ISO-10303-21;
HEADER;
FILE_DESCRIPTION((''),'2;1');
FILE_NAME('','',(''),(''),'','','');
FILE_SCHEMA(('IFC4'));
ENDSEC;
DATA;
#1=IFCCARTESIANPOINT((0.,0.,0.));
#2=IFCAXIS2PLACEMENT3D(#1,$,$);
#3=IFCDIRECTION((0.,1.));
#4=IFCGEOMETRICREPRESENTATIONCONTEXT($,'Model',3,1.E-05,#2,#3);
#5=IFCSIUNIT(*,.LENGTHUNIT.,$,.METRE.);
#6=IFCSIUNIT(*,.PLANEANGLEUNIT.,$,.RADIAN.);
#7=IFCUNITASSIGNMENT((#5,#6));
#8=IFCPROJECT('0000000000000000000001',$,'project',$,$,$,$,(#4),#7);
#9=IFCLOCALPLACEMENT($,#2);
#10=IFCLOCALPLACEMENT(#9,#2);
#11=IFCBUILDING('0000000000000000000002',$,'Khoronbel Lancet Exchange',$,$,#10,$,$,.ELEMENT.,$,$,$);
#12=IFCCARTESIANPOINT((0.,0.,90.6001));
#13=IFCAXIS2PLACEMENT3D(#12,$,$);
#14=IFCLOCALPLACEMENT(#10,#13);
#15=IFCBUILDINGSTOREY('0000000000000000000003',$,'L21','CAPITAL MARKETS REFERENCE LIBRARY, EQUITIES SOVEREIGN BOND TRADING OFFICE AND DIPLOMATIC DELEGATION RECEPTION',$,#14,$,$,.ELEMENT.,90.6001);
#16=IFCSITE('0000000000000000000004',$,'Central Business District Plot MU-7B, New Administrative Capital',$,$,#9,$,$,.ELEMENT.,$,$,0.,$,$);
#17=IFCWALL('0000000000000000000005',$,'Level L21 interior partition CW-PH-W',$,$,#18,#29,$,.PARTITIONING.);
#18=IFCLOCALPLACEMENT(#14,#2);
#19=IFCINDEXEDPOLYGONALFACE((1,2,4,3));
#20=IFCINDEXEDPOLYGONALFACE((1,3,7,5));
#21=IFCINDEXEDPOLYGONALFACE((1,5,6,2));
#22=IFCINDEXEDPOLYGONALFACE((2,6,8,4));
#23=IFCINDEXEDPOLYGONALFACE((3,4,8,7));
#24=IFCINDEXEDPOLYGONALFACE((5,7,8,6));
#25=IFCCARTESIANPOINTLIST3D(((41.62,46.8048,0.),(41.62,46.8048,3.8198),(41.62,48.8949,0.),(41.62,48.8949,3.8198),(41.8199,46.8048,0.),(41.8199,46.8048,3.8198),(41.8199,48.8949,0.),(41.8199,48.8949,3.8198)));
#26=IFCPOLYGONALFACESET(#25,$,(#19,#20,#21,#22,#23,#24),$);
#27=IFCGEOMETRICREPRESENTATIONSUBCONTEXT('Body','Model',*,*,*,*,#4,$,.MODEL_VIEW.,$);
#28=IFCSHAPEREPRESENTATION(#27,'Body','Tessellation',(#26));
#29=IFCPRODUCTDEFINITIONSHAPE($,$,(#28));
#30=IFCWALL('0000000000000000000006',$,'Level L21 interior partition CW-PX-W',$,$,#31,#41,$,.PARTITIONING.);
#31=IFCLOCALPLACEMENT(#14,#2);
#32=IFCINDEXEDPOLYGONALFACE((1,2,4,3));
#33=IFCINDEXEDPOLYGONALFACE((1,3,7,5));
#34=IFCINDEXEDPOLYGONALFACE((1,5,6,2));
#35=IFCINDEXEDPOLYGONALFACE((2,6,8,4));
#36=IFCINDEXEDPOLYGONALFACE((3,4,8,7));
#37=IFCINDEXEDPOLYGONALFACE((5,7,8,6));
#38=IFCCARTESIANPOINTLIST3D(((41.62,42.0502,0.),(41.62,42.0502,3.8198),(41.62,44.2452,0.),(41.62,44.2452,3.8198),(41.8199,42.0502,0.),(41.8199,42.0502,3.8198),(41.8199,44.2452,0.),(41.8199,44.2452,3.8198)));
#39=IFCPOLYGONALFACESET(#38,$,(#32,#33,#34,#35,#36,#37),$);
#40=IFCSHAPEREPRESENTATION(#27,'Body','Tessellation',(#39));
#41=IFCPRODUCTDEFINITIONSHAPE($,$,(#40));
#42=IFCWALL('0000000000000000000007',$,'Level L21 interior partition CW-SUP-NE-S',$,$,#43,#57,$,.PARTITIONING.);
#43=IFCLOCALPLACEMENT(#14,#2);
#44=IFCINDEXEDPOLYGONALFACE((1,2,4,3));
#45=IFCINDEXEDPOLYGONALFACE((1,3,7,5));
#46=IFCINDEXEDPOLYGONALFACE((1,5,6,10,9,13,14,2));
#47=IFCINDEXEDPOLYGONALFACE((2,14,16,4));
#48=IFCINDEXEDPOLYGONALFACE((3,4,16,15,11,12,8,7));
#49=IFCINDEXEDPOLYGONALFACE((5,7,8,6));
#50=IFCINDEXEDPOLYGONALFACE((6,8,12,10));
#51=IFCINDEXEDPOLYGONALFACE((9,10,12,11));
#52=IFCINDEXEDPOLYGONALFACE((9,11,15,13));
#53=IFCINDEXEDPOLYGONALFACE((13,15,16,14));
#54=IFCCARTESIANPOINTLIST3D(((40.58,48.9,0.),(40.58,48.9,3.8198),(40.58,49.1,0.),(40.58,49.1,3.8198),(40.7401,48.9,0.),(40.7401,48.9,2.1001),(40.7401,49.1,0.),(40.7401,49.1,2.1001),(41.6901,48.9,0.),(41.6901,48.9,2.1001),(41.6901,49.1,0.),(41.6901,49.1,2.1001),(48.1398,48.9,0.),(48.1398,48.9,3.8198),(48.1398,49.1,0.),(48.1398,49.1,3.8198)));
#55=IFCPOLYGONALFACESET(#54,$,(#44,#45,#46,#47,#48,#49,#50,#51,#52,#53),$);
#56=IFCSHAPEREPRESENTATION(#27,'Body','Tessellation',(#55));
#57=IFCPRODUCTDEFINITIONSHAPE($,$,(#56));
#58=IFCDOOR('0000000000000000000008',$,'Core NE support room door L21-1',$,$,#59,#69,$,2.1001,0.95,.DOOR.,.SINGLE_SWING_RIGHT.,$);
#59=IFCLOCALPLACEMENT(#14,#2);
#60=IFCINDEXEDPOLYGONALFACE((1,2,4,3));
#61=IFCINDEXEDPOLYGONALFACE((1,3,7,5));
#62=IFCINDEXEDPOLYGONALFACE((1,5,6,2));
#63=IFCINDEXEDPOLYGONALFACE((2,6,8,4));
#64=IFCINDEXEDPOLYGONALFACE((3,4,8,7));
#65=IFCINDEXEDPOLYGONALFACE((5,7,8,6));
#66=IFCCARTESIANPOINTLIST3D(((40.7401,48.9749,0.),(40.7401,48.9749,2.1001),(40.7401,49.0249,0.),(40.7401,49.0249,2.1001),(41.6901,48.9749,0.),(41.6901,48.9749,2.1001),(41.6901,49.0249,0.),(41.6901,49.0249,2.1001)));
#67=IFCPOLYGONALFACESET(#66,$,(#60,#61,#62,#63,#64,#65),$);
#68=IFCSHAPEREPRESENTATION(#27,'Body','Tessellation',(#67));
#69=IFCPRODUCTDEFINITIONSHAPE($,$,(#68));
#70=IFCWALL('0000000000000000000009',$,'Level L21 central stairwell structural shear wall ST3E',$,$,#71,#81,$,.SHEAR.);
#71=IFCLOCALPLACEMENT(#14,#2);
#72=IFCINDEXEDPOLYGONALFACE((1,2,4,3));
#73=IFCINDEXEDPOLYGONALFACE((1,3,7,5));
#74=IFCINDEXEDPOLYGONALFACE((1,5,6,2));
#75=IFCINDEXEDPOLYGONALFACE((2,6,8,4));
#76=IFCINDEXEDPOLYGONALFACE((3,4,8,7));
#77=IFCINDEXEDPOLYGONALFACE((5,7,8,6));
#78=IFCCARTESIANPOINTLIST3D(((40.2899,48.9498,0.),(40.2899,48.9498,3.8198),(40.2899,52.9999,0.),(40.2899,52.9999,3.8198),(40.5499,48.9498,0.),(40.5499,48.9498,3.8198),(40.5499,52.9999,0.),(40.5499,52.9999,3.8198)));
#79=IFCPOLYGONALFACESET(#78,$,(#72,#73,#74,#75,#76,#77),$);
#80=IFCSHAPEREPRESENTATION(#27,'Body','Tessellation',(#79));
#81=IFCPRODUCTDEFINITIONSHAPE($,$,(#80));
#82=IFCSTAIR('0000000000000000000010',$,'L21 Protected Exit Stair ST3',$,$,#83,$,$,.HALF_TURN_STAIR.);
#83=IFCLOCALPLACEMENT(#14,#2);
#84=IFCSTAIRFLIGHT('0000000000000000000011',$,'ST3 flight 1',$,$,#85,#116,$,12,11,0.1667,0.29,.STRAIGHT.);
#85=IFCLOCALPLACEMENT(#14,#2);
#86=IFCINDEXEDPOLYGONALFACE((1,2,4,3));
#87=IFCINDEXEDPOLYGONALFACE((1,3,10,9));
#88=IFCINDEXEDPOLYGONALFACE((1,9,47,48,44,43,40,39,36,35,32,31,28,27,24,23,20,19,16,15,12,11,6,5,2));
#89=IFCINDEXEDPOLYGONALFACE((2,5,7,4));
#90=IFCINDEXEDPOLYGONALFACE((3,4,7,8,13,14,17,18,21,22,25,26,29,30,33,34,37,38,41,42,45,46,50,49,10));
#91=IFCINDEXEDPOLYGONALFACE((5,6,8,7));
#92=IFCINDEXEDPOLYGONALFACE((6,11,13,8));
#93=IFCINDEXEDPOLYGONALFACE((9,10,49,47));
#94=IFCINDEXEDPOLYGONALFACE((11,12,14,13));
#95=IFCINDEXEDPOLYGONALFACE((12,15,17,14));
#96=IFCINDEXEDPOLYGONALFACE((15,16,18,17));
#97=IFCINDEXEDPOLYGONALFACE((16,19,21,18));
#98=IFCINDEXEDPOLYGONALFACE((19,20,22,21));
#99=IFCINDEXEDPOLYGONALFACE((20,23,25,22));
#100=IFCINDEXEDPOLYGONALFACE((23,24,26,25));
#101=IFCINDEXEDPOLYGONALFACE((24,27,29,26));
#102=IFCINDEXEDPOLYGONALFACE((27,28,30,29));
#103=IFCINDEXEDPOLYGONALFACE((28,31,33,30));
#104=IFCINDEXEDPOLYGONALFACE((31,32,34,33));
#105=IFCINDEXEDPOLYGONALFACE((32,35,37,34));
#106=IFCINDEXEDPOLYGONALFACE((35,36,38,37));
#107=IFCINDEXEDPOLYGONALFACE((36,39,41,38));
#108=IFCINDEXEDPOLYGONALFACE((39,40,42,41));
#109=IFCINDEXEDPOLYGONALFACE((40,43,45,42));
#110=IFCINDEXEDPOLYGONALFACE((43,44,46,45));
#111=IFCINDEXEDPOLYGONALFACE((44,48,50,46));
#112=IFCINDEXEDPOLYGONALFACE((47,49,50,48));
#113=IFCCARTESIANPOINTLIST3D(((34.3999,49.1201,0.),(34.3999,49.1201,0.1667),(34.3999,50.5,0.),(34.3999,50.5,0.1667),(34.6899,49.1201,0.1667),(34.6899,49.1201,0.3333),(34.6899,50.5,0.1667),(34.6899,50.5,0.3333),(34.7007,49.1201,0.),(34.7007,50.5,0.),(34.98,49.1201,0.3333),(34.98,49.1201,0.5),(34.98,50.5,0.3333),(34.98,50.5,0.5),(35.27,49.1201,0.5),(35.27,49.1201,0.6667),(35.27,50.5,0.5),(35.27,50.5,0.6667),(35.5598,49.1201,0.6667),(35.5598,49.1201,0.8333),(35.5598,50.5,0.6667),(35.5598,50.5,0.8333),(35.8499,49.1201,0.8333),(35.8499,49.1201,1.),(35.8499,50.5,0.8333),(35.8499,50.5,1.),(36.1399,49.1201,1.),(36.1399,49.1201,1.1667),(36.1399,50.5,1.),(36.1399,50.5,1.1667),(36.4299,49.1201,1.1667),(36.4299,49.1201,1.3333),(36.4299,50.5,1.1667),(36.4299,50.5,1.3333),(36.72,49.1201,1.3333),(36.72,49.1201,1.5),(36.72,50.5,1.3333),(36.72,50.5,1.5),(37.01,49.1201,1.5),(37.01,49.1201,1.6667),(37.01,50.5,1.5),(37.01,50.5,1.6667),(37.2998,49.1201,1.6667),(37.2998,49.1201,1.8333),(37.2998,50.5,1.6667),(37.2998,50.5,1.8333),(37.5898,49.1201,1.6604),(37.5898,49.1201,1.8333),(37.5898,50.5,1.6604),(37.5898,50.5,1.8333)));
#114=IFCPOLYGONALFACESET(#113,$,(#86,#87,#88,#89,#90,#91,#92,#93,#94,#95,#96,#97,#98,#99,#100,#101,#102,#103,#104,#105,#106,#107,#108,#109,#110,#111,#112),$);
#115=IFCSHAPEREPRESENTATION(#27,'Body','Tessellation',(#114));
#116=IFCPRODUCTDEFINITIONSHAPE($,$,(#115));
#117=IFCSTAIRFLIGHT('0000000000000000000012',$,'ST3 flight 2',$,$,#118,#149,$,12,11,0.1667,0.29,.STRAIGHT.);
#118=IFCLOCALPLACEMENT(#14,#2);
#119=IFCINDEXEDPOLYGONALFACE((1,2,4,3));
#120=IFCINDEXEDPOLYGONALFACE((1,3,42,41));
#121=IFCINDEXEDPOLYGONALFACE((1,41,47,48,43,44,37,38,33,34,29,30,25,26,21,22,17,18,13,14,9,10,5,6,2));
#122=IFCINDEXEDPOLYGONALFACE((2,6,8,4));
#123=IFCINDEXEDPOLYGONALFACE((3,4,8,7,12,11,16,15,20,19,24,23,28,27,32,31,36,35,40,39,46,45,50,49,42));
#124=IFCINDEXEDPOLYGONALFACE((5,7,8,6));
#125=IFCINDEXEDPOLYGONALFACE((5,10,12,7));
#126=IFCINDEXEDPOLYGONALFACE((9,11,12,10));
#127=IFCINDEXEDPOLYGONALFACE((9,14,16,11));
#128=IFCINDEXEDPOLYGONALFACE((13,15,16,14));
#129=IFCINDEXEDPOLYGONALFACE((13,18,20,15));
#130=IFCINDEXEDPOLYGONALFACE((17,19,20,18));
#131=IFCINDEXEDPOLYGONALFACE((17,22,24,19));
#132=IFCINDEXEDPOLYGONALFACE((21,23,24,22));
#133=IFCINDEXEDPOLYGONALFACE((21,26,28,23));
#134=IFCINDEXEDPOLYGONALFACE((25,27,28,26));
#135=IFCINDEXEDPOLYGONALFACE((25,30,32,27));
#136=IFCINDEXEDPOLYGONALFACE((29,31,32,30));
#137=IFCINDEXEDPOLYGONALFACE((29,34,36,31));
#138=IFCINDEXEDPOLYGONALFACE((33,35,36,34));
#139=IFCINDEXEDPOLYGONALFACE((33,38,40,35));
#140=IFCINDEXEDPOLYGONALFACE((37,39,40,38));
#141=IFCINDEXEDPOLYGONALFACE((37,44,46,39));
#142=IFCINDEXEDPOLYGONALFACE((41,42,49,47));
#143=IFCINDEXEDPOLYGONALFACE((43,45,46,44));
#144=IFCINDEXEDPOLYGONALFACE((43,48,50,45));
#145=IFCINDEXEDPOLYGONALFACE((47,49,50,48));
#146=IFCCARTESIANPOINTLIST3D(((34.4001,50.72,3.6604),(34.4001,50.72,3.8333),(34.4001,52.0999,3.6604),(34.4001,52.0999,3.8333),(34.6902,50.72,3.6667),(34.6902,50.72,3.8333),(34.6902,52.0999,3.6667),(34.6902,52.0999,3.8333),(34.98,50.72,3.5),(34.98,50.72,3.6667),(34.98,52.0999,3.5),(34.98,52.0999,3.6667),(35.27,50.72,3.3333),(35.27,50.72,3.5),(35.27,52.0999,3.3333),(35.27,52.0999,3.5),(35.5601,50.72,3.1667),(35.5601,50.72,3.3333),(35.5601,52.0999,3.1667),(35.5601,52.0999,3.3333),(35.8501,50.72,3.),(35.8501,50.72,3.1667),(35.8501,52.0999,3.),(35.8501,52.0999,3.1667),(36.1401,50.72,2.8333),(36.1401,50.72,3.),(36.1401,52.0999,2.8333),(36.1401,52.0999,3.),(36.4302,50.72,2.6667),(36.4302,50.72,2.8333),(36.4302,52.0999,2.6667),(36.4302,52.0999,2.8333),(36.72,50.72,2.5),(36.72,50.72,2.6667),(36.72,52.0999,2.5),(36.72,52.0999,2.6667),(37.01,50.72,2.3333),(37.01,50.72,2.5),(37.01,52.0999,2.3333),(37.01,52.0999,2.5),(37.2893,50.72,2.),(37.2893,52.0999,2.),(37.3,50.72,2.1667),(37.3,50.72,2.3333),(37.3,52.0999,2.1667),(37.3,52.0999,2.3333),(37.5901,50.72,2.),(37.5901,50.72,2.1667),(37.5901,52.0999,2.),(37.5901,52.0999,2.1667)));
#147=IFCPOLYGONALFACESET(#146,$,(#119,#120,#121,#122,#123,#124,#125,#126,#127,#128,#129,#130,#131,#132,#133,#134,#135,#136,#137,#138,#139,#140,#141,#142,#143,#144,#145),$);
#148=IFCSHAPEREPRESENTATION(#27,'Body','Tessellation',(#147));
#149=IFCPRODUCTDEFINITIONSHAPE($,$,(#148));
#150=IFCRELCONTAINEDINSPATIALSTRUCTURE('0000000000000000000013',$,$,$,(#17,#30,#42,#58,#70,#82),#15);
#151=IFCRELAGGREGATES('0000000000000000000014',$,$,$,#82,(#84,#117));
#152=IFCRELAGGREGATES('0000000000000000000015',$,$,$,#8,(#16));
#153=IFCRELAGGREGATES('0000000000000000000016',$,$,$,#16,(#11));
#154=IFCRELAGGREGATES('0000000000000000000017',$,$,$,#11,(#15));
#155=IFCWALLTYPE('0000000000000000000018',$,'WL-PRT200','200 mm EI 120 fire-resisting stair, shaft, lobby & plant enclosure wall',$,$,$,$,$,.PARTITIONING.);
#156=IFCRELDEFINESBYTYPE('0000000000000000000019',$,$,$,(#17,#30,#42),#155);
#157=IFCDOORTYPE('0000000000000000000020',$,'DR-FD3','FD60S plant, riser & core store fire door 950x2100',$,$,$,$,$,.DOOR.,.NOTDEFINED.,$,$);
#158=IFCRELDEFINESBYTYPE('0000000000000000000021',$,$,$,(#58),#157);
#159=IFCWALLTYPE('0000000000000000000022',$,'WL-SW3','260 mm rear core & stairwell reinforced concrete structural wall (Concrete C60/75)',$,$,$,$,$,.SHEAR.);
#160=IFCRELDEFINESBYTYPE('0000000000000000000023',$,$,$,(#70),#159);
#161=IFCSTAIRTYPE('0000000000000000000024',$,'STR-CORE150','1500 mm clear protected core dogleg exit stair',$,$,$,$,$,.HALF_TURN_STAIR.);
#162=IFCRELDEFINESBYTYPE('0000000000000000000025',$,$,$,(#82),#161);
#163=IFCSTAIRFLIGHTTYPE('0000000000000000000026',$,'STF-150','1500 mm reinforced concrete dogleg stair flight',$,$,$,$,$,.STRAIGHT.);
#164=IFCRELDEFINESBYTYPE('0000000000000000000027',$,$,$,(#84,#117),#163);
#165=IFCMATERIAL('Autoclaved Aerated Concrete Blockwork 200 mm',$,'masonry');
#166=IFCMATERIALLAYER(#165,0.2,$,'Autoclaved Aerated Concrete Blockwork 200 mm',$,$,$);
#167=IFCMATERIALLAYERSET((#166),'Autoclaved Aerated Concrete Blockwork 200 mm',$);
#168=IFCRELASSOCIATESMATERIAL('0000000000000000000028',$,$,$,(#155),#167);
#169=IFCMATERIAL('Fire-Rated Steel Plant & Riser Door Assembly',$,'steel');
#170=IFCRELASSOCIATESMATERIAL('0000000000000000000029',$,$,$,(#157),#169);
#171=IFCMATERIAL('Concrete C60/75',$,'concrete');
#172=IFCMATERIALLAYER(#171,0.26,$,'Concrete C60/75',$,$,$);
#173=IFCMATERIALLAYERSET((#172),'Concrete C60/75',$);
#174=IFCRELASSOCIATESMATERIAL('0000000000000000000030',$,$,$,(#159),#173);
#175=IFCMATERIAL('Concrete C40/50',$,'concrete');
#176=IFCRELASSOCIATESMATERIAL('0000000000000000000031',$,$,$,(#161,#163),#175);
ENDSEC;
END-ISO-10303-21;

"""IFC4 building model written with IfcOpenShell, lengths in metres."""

from ifc_helpers import new_model, si_unit, direction, frame, frame_2d, origin, place, context, subcontext, project, spatial, polyline, rectangle, outline, extrude, material, layer, layer_set, type_object, element, fill, aggregate, save


model = new_model("IFC4")

# Units and contexts
model_context = context("Model", 3, precision=1e-05, world=origin(), true_north=direction((0.0, 1.0)))
body_context = subcontext(model_context, "Body", "Model", "MODEL_VIEW")
ifc_project = project(units=[si_unit("LENGTHUNIT", "METRE"), si_unit("PLANEANGLEUNIT", "RADIAN")], contexts=[model_context])

# Site, building, storey
site_placement = place(None, origin())
site = spatial("IfcSite", under=ifc_project, at=site_placement, Name="Central Business District Plot MU-7B, New Administrative Capital", CompositionType="ELEMENT", RefElevation=0.0)
building_placement = place(site_placement, origin())
building = spatial("IfcBuilding", under=site, at=building_placement, Name="Khoronbel Lancet Exchange", CompositionType="ELEMENT")
storey_placement = place(building_placement, frame((0.0, 0.0, 90.6001)))
storey = spatial("IfcBuildingStorey", under=building, at=storey_placement, Name="L21", Description="CAPITAL MARKETS REFERENCE LIBRARY, EQUITIES SOVEREIGN BOND TRADING OFFICE AND DIPLOMATIC DELEGATION RECEPTION", CompositionType="ELEMENT", Elevation=90.6001)

# Walls
ifc_material_1 = material(Name="Autoclaved Aerated Concrete Blockwork 200 mm", Category="masonry")
ifc_layer_1 = layer(ifc_material_1, 0.2, Name="Autoclaved Aerated Concrete Blockwork 200 mm")
ifc_layer_set_1 = layer_set([ifc_layer_1], Name="Autoclaved Aerated Concrete Blockwork 200 mm")
wall_type_1 = type_object("IfcWallType", Name="WL-PRT200", Description="200 mm EI 120 fire-resisting stair, shaft, lobby & plant enclosure wall", PredefinedType="PARTITIONING", material=ifc_layer_set_1)
wall_1_placement = place(storey_placement, frame((41.72, 46.8049, 0.0), z_axis=(0.0, 0.0, 1.0), x_axis=(0.0, 1.0, 0.0)))
element("IfcWall", 1, at=wall_1_placement, inside=storey, type_object=wall_type_1, Name="Level L21 interior partition CW-PH-W", PredefinedType="PARTITIONING", context=body_context, shape_type="SweptSolid", body=[
    extrude(rectangle(XDim=2.0901, YDim=0.2, at=frame_2d((1.0449, 0.0))), origin(), (0.0, 0.0, 1.0), 3.8198),
])
wall_2_placement = place(storey_placement, frame((41.72, 42.05, 0.0), z_axis=(0.0, 0.0, 1.0), x_axis=(0.0, 1.0, 0.0)))
element("IfcWall", 2, at=wall_2_placement, inside=storey, type_object=wall_type_1, Name="Level L21 interior partition CW-PX-W", PredefinedType="PARTITIONING", context=body_context, shape_type="SweptSolid", body=[
    extrude(rectangle(XDim=2.1951, YDim=0.2, at=frame_2d((1.0977, 0.0))), origin(), (0.0, 0.0, 1.0), 3.8198),
])

# Wall, opening, door
wall_3_placement = place(storey_placement, frame((40.5801, 49.0, 0.0), z_axis=(0.0, 0.0, 1.0), x_axis=(1.0, 0.0, 0.0)))
wall_3 = element("IfcWall", 3, at=wall_3_placement, inside=storey, type_object=wall_type_1, Name="Level L21 interior partition CW-SUP-NE-S", PredefinedType="PARTITIONING", context=body_context, shape_type="SweptSolid", body=[
    extrude(rectangle(XDim=7.5598, YDim=0.2, at=frame_2d((3.7798, 0.0))), origin(), (0.0, 0.0, 1.0), 3.8198),
])
opening_1_placement = place(wall_3_placement, frame((0.1599, 0.0, 0.0)))
opening_1 = element("IfcOpeningElement", 4, at=opening_1_placement, cuts=wall_3, PredefinedType="OPENING", context=body_context, shape_type="SweptSolid", body=[
    extrude(rectangle(XDim=0.95, YDim=2.1001, at=frame_2d((0.4751, 1.05))), frame((0.0, 0.1099, 0.0), z_axis=(0.0, -1.0, 0.0), x_axis=(1.0, 0.0, 0.0)), (0.0, 0.0, 1.0), 0.22),
])
ifc_material_2 = material(Name="Fire-Rated Steel Plant & Riser Door Assembly", Category="steel")
door_type_1 = type_object("IfcDoorType", Name="DR-FD3", Description="FD60S plant, riser & core store fire door 950x2100", OperationType="NOTDEFINED", PredefinedType="DOOR", material=ifc_material_2)
door_1_placement = place(opening_1_placement, origin())
door_1 = element("IfcDoor", 5, at=door_1_placement, inside=storey, type_object=door_type_1, Name="Core NE support room door L21-1", OperationType="SINGLE_SWING_RIGHT", OverallHeight=2.1001, OverallWidth=0.95, PredefinedType="DOOR", context=body_context, shape_type="SweptSolid", body=[
    extrude(rectangle(XDim=0.95, YDim=2.1001, at=frame_2d((0.4751, 1.05))), frame((0.0, 0.0249, 0.0), z_axis=(0.0, -1.0, 0.0), x_axis=(1.0, 0.0, 0.0)), (0.0, 0.0, 1.0), 0.05),
])
fill(opening_1, door_1)

# Wall
ifc_material_3 = material(Name="Concrete C60/75", Category="concrete")
ifc_layer_2 = layer(ifc_material_3, 0.26, Name="Concrete C60/75")
ifc_layer_set_2 = layer_set([ifc_layer_2], Name="Concrete C60/75")
wall_type_2 = type_object("IfcWallType", Name="WL-SW3", Description="260 mm rear core & stairwell reinforced concrete structural wall (Concrete C60/75)", PredefinedType="SHEAR", material=ifc_layer_set_2)
wall_4_placement = place(storey_placement, frame((40.4199, 48.95, 0.0), z_axis=(0.0, 0.0, 1.0), x_axis=(0.0, 1.0, 0.0)))
element("IfcWall", 6, at=wall_4_placement, inside=storey, type_object=wall_type_2, Name="Level L21 central stairwell structural shear wall ST3E", PredefinedType="SHEAR", context=body_context, shape_type="SweptSolid", body=[
    extrude(rectangle(XDim=4.05, YDim=0.26, at=frame_2d((2.0249, 0.0))), origin(), (0.0, 0.0, 1.0), 3.8198),
])

# Stair, stair flights
ifc_material_4 = material(Name="Concrete C40/50", Category="concrete")
stair_type = type_object("IfcStairType", Name="STR-CORE150", Description="1500 mm clear protected core dogleg exit stair", PredefinedType="HALF_TURN_STAIR", material=ifc_material_4)
stair_placement = place(storey_placement, origin())
stair = element("IfcStair", 7, at=stair_placement, inside=storey, type_object=stair_type, Name="L21 Protected Exit Stair ST3", PredefinedType="HALF_TURN_STAIR")
stair_flight_type = type_object("IfcStairFlightType", Name="STF-150", Description="1500 mm reinforced concrete dogleg stair flight", PredefinedType="STRAIGHT", material=ifc_material_4)
stair_flight_1_placement = place(storey_placement, frame((34.3999, 49.8101, 0.0), z_axis=(0.0, 0.0, 1.0), x_axis=(1.0, 0.0, 0.0)))
stair_flight_1 = element("IfcStairFlight", 8, at=stair_flight_1_placement, type_object=stair_flight_type, Name="ST3 flight 1", NumberOfRisers=12, NumberOfTreads=11, PredefinedType="STRAIGHT", RiserHeight=0.1667, TreadLength=0.29, context=body_context, shape_type="SweptSolid", body=[
    extrude(outline(polyline([(0.0, 0.0), (0.0, 0.1667), (0.29, 0.1667), (0.29, 0.3333), (0.5801, 0.3333), (0.5801, 0.5), (0.8701, 0.5), (0.8701, 0.6667), (1.1599, 0.6667), (1.1599, 0.8333), (1.45, 0.8333), (1.45, 1.0), (1.74, 1.0), (1.74, 1.1667), (2.03, 1.1667), (2.03, 1.3333), (2.3201, 1.3333), (2.3201, 1.5), (2.6101, 1.5), (2.6101, 1.6667), (2.8999, 1.6667), (2.8999, 1.8333), (3.1899, 1.8333), (3.1899, 2.0), (3.1899, 1.6604), (0.3008, 0.0), (0.0, 0.0)])), frame((0.0, 0.6899, 0.0), z_axis=(0.0, -1.0, 0.0), x_axis=(1.0, 0.0, 0.0)), (0.0, 0.0, 1.0), 1.3799),
])
stair_flight_2_placement = place(storey_placement, frame((37.5901, 51.4099, 2.0), z_axis=(0.0, 0.0, 1.0), x_axis=(-1.0, 0.0, 0.0)))
stair_flight_2 = element("IfcStairFlight", 9, at=stair_flight_2_placement, type_object=stair_flight_type, Name="ST3 flight 2", NumberOfRisers=12, NumberOfTreads=11, PredefinedType="STRAIGHT", RiserHeight=0.1667, TreadLength=0.29, context=body_context, shape_type="SweptSolid", body=[
    extrude(outline(polyline([(0.0, 0.0), (0.0, 0.1667), (0.29, 0.1667), (0.29, 0.3333), (0.5801, 0.3333), (0.5801, 0.5), (0.8701, 0.5), (0.8701, 0.6667), (1.1599, 0.6667), (1.1599, 0.8333), (1.45, 0.8333), (1.45, 1.0), (1.74, 1.0), (1.74, 1.1667), (2.03, 1.1667), (2.03, 1.3333), (2.3201, 1.3333), (2.3201, 1.5), (2.6101, 1.5), (2.6101, 1.6667), (2.8999, 1.6667), (2.8999, 1.8333), (3.1899, 1.8333), (3.1899, 2.0), (3.1899, 1.6604), (0.3008, 0.0), (0.0, 0.0)])), frame((0.0, 0.6899, 0.0), z_axis=(0.0, -1.0, 0.0), x_axis=(1.0, 0.0, 0.0)), (0.0, 0.0, 1.0), 1.3799),
])
aggregate(stair, [stair_flight_1, stair_flight_2])

save(model, "model.ifc")
